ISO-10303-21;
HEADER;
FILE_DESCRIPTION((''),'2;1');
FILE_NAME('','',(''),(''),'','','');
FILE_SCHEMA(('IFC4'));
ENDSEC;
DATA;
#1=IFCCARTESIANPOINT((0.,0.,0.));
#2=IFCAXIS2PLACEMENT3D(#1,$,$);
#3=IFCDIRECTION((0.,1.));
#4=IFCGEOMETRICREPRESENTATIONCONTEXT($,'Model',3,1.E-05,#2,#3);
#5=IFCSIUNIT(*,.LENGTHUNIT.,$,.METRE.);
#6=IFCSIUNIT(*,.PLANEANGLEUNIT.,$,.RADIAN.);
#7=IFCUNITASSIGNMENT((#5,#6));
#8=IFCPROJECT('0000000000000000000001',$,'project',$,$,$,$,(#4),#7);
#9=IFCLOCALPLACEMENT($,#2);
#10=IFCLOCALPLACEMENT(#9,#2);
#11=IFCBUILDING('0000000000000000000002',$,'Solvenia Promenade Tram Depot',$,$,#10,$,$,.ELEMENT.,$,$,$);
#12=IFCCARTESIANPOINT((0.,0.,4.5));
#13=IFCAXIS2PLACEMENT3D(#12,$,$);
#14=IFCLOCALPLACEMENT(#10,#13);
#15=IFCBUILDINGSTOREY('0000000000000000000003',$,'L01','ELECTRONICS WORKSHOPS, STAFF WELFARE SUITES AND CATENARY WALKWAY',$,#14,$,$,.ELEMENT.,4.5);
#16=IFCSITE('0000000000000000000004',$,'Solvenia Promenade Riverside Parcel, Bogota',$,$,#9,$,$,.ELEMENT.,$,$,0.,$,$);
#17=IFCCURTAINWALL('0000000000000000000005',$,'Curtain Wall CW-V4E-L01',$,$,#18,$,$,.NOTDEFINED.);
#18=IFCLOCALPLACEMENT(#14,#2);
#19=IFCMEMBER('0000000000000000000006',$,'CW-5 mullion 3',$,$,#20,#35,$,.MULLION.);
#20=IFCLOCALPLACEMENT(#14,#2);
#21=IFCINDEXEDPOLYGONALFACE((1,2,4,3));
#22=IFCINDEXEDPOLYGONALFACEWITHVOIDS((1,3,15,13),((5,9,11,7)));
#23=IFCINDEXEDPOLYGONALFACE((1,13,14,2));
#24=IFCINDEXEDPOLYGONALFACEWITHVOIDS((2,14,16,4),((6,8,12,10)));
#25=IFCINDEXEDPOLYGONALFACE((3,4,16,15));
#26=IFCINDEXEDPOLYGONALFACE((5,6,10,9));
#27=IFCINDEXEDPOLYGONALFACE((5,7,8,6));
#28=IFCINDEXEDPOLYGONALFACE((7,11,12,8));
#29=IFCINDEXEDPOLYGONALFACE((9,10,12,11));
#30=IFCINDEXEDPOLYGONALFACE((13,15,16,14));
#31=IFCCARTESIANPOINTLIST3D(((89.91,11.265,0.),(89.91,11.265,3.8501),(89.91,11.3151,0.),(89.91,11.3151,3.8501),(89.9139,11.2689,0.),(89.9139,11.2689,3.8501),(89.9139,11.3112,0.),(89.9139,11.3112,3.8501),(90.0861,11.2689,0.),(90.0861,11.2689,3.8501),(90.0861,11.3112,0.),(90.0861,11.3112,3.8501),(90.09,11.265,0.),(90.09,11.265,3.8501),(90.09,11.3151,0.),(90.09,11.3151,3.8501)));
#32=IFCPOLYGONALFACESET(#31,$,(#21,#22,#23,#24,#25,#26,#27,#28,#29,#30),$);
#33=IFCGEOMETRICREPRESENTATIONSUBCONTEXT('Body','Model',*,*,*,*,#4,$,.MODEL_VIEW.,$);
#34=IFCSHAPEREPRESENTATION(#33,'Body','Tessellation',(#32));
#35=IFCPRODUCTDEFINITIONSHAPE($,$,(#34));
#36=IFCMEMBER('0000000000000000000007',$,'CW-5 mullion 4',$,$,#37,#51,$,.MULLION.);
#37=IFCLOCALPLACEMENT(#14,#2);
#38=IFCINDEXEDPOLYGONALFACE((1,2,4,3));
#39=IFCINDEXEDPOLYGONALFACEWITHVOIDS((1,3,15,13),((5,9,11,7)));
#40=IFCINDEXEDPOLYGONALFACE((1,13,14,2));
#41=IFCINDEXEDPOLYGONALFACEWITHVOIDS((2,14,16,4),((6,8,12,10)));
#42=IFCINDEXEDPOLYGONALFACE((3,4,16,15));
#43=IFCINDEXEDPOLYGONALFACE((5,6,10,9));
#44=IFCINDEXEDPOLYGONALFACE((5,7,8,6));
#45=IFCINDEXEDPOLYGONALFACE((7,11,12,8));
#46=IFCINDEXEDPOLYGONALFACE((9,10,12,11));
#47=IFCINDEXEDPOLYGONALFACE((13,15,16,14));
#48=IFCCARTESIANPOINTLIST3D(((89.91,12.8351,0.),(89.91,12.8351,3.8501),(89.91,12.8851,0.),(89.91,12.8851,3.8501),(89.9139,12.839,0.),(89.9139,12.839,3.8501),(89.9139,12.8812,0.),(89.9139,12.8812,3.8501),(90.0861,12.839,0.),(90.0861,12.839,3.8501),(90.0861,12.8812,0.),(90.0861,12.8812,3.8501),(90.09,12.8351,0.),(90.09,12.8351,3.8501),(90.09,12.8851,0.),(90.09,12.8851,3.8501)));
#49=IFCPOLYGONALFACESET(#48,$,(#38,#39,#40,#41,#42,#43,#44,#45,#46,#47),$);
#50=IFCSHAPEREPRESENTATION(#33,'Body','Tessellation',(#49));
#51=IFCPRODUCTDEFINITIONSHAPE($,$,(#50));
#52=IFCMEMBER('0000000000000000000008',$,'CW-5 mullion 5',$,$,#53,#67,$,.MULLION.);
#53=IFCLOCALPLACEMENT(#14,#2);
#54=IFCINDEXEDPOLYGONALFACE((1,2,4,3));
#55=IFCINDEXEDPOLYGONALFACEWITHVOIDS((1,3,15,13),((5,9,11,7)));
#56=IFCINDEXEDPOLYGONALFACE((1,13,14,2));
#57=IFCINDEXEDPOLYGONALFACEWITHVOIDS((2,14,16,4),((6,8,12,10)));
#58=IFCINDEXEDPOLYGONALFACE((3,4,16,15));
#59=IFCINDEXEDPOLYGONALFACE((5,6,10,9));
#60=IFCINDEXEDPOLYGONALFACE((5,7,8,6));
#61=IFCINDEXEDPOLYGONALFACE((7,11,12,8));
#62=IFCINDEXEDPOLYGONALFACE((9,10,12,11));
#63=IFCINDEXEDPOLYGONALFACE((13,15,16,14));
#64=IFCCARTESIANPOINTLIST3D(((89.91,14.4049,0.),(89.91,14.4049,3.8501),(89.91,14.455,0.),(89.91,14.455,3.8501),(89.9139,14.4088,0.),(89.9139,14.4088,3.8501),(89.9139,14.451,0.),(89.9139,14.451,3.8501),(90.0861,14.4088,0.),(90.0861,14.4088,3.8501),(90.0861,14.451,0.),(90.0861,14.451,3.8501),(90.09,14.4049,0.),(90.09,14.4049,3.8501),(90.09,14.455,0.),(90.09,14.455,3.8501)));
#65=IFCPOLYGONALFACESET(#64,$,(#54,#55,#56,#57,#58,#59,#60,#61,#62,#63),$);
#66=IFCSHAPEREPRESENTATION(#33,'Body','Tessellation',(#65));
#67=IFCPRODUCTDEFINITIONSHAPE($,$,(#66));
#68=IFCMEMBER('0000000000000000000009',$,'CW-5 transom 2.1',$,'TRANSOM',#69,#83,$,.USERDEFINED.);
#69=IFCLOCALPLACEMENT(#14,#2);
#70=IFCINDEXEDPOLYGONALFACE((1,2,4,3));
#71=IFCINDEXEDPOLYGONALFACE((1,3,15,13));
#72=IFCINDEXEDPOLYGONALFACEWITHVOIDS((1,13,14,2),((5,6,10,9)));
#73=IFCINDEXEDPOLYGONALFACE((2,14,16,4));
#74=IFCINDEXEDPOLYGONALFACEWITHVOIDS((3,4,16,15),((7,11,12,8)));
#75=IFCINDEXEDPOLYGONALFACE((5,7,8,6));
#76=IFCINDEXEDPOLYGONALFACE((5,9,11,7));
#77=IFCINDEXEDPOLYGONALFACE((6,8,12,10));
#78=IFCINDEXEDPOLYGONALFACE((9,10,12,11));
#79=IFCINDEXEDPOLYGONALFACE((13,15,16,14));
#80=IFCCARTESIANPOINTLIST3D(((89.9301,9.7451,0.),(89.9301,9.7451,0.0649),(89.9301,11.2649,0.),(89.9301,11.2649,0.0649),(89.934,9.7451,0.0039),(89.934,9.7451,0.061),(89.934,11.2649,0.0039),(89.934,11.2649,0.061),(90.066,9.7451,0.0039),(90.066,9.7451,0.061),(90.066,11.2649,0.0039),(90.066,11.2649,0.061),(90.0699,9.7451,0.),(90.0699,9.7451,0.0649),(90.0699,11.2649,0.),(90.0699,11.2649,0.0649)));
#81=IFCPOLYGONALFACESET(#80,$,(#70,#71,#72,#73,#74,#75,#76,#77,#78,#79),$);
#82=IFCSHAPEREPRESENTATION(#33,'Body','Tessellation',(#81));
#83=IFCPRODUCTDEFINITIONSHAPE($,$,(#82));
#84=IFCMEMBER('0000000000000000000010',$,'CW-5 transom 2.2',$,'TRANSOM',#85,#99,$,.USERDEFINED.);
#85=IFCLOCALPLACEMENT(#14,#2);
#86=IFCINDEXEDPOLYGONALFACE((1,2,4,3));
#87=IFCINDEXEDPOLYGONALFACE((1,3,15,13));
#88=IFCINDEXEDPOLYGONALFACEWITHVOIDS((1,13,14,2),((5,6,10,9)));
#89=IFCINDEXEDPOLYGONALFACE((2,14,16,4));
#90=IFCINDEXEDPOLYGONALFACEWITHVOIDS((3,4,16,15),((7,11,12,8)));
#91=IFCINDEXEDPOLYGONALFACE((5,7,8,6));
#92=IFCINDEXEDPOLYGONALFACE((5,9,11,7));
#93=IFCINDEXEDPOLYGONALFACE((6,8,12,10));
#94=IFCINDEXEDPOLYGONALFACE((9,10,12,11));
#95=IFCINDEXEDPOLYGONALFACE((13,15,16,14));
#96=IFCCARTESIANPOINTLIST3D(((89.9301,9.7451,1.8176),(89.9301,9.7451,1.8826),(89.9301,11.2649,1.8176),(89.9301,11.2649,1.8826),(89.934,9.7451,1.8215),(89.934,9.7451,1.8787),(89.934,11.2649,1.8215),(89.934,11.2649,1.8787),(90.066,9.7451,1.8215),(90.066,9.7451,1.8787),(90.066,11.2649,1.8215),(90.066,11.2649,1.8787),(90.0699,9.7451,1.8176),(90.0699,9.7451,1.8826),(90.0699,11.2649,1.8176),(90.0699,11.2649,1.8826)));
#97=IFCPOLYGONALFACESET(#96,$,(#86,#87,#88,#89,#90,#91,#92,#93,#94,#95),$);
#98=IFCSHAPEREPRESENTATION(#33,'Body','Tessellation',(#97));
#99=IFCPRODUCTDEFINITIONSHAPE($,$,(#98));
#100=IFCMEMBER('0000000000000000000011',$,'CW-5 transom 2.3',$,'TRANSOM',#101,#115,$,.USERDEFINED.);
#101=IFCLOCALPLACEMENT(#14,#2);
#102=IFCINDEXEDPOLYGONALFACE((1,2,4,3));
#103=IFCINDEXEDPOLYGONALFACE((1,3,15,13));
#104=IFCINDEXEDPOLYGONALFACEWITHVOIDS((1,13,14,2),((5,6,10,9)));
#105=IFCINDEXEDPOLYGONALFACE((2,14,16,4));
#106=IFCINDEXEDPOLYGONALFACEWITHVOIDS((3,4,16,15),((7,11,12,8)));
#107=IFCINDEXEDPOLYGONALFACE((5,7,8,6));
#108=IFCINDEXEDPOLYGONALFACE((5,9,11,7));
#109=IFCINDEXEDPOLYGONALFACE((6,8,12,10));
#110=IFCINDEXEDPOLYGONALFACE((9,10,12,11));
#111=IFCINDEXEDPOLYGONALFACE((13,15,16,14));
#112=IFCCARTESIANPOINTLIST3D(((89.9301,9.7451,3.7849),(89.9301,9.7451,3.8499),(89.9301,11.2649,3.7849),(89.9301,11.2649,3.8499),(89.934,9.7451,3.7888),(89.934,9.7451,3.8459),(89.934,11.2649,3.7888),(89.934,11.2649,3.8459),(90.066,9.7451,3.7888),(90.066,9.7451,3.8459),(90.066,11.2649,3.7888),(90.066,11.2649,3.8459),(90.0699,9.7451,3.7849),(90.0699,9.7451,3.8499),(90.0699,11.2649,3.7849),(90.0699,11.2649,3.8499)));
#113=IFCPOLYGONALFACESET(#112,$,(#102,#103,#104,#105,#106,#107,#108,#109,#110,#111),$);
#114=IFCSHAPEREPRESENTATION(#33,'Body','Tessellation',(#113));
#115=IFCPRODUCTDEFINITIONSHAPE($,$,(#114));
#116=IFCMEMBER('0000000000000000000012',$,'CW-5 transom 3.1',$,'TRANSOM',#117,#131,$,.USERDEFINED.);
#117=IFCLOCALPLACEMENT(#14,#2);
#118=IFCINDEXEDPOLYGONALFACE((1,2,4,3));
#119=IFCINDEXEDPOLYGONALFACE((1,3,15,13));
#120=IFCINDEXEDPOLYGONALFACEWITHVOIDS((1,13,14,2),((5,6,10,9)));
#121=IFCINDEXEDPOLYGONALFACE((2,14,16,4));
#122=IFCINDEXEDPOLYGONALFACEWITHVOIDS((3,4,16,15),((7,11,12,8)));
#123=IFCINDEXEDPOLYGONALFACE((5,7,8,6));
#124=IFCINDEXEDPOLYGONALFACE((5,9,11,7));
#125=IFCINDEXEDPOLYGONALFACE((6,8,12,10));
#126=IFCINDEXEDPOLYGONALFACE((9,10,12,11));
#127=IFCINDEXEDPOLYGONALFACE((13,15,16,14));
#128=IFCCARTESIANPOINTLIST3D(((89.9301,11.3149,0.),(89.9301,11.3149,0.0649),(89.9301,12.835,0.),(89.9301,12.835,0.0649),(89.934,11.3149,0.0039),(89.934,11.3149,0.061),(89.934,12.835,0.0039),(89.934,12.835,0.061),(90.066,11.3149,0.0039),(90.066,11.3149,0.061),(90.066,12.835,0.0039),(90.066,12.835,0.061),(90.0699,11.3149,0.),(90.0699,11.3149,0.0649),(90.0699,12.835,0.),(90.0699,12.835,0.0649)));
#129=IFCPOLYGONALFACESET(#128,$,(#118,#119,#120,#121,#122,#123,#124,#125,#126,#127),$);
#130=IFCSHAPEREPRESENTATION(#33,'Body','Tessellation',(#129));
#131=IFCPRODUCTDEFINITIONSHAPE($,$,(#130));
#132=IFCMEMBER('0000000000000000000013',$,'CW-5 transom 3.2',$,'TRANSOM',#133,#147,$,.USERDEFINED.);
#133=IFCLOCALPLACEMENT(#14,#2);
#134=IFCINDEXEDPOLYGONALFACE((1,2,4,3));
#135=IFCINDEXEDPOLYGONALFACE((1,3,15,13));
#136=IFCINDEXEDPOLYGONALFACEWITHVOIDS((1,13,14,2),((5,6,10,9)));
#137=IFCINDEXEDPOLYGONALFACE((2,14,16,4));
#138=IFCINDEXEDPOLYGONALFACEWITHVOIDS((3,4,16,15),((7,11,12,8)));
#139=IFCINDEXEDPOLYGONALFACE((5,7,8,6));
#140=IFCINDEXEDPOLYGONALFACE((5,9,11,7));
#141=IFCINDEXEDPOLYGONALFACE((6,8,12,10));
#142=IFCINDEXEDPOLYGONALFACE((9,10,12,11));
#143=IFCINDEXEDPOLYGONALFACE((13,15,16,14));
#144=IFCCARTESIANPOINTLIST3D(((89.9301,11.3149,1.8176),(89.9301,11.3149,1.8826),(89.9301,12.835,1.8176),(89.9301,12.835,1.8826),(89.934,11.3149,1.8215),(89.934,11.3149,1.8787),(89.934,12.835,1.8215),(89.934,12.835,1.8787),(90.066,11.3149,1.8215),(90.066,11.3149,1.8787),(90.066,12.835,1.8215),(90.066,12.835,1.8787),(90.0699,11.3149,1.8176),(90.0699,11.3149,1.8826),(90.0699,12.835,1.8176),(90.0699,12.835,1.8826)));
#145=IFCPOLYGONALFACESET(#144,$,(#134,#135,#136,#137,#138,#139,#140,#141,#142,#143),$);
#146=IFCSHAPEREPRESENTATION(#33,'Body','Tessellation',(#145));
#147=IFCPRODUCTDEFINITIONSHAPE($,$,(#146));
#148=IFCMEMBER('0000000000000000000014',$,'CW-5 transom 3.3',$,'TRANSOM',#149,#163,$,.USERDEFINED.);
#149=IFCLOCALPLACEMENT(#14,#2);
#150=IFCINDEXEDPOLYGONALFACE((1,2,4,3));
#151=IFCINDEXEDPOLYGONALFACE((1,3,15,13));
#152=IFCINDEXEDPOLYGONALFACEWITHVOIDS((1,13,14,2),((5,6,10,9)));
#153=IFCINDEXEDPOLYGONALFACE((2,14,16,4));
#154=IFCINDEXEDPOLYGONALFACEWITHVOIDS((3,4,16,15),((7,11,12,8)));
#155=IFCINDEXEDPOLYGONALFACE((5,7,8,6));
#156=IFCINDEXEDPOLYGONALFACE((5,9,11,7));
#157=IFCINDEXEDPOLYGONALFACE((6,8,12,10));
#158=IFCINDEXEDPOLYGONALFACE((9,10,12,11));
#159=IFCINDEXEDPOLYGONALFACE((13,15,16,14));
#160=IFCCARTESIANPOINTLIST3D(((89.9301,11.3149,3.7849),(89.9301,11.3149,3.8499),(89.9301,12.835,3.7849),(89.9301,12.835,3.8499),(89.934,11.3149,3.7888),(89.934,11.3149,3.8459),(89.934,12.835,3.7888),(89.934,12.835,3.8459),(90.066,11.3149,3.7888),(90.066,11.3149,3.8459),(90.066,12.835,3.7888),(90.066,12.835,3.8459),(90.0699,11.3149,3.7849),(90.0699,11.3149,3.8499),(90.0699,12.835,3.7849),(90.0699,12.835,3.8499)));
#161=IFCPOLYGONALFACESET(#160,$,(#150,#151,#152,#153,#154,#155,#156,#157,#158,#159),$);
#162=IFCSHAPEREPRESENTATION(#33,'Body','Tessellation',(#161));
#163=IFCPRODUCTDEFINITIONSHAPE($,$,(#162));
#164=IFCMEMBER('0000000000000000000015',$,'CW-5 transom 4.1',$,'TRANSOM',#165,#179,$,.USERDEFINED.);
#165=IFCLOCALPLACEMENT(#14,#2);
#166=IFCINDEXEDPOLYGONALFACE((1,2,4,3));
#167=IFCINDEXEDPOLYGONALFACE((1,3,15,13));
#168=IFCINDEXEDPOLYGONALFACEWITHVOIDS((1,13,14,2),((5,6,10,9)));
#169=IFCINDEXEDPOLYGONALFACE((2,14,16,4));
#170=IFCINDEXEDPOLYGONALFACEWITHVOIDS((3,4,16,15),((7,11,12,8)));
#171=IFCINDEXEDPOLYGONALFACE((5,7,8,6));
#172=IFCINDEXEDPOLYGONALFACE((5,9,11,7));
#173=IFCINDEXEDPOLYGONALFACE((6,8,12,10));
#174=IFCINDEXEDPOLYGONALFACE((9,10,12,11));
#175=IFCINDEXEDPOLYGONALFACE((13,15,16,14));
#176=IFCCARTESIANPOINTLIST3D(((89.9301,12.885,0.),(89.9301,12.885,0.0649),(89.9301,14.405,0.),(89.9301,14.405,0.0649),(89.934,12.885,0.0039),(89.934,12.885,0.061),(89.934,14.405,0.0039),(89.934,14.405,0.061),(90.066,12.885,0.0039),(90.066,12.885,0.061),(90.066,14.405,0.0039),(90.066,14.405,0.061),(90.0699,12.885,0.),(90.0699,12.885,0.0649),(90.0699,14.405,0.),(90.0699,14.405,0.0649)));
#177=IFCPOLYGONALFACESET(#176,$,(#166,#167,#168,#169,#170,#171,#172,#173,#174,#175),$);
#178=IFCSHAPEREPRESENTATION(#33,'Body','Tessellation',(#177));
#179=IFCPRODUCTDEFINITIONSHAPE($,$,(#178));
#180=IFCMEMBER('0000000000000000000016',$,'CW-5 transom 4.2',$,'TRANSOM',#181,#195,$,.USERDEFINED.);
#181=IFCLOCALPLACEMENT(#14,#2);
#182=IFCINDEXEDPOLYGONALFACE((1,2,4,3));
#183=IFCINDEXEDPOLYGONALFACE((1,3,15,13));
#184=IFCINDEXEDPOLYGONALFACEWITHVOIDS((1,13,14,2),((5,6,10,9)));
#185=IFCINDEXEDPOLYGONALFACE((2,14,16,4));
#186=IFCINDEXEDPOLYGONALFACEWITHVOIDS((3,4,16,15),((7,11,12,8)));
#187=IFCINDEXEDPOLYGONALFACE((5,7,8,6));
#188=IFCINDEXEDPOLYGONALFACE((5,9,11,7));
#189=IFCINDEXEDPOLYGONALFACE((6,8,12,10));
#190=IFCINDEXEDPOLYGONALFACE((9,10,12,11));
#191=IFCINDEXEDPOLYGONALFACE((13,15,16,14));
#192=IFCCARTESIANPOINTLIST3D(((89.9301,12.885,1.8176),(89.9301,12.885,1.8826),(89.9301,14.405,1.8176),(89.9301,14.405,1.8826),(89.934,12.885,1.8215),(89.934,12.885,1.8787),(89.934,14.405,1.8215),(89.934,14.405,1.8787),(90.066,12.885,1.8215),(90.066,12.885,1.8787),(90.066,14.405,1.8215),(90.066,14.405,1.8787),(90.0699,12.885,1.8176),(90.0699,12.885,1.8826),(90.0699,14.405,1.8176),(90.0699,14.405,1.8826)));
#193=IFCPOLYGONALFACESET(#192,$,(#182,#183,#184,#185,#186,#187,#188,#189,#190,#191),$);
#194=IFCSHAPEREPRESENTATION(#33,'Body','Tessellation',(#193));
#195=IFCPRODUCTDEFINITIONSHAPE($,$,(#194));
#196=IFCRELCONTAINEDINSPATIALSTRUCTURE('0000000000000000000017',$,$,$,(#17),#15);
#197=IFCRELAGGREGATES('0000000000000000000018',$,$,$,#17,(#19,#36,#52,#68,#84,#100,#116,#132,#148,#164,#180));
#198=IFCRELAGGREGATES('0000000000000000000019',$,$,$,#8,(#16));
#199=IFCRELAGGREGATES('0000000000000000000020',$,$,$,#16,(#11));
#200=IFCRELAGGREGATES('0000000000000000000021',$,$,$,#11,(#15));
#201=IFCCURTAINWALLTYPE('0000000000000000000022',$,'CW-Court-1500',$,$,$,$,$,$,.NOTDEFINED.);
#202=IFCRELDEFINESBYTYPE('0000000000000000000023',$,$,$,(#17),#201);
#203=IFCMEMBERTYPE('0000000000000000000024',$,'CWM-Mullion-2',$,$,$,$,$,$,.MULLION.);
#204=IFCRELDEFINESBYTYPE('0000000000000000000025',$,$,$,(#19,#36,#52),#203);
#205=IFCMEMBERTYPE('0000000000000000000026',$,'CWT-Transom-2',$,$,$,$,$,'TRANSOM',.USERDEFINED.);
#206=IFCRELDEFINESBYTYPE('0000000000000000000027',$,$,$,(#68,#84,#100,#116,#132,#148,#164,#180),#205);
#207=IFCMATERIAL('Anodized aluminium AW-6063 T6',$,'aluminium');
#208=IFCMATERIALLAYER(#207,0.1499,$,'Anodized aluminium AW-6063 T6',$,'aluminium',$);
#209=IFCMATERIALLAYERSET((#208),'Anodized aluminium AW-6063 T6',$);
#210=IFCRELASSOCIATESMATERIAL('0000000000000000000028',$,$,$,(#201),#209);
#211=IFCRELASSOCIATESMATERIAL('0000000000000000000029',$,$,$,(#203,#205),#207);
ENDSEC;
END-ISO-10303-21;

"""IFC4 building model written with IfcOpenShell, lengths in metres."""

from ifc_helpers import new_model, si_unit, direction, frame, origin, origin_2d, place, context, subcontext, project, spatial, hollow_rectangle, extrude, material, layer, layer_set, material_profile, profile_set, type_object, element, aggregate, save


model = new_model("IFC4")

# Units and contexts
model_context = context("Model", 3, precision=1e-05, world=origin(), true_north=direction((0.0, 1.0)))
body_context = subcontext(model_context, "Body", "Model", "MODEL_VIEW")
ifc_project = project(units=[si_unit("LENGTHUNIT", "METRE"), si_unit("PLANEANGLEUNIT", "RADIAN")], contexts=[model_context])

# Site, building, storey
site_placement = place(None, origin())
site = spatial("IfcSite", under=ifc_project, at=site_placement, Name="Solvenia Promenade Riverside Parcel, Bogota", CompositionType="ELEMENT", RefElevation=0.0)
building_placement = place(site_placement, origin())
building = spatial("IfcBuilding", under=site, at=building_placement, Name="Solvenia Promenade Tram Depot", CompositionType="ELEMENT")
storey_placement = place(building_placement, frame((0.0, 0.0, 4.5)))
storey = spatial("IfcBuildingStorey", under=building, at=storey_placement, Name="L01", Description="ELECTRONICS WORKSHOPS, STAFF WELFARE SUITES AND CATENARY WALKWAY", CompositionType="ELEMENT", Elevation=4.5)

# Curtain wall, members
ifc_material_1 = material(Name="Anodized aluminium AW-6063 T6", Category="aluminium")
ifc_layer_1 = layer(ifc_material_1, 0.1499, Name="Anodized aluminium AW-6063 T6", Category="aluminium")
ifc_layer_set_1 = layer_set([ifc_layer_1], Name="Anodized aluminium AW-6063 T6")
curtain_wall_type = type_object("IfcCurtainWallType", Name="CW-Court-1500", PredefinedType="NOTDEFINED", material=ifc_layer_set_1)
curtain_wall_placement = place(storey_placement, origin())
curtain_wall = element("IfcCurtainWall", 1, at=curtain_wall_placement, inside=storey, type_object=curtain_wall_type, Name="Curtain Wall CW-V4E-L01", PredefinedType="NOTDEFINED")
ifc_material_profile_1 = material_profile(ifc_material_1, hollow_rectangle(XDim=0.1799, YDim=0.05, WallThickness=0.0039, at=origin_2d()), Name="ALU-M2", Category="aluminium")
ifc_profile_set_1 = profile_set([ifc_material_profile_1], Name="Anodized aluminium AW-6063 T6")
member_type_1 = type_object("IfcMemberType", Name="CWM-Mullion-2", PredefinedType="MULLION", material=ifc_profile_set_1)
member_1_placement = place(storey_placement, frame((90.0, 11.29, 0.0), z_axis=(0.0, 0.0, 1.0), x_axis=(-1.0, 0.0, 0.0)))
member_1 = element("IfcMember", 2, at=member_1_placement, type_object=member_type_1, Name="CW-5 mullion 3", PredefinedType="MULLION", context=body_context, shape_type="SweptSolid", body=[
    extrude(hollow_rectangle(XDim=0.1799, YDim=0.05, WallThickness=0.0039, at=origin_2d()), origin(), (0.0, 0.0, 1.0), 3.8501),
])
member_2_placement = place(storey_placement, frame((90.0, 12.8601, 0.0), z_axis=(0.0, 0.0, 1.0), x_axis=(-1.0, 0.0, 0.0)))
member_2 = element("IfcMember", 3, at=member_2_placement, type_object=member_type_1, Name="CW-5 mullion 4", PredefinedType="MULLION", context=body_context, shape_type="SweptSolid", body=[
    extrude(hollow_rectangle(XDim=0.1799, YDim=0.05, WallThickness=0.0039, at=origin_2d()), origin(), (0.0, 0.0, 1.0), 3.8501),
])
member_3_placement = place(storey_placement, frame((90.0, 14.4299, 0.0), z_axis=(0.0, 0.0, 1.0), x_axis=(-1.0, 0.0, 0.0)))
member_3 = element("IfcMember", 4, at=member_3_placement, type_object=member_type_1, Name="CW-5 mullion 5", PredefinedType="MULLION", context=body_context, shape_type="SweptSolid", body=[
    extrude(hollow_rectangle(XDim=0.1799, YDim=0.05, WallThickness=0.0039, at=origin_2d()), origin(), (0.0, 0.0, 1.0), 3.8501),
])
ifc_material_profile_2 = material_profile(ifc_material_1, hollow_rectangle(XDim=0.1399, YDim=0.0649, WallThickness=0.0039, at=origin_2d()), Name="ALU-T2", Category="aluminium")
ifc_profile_set_2 = profile_set([ifc_material_profile_2], Name="Anodized aluminium AW-6063 T6")
member_type_2 = type_object("IfcMemberType", Name="CWT-Transom-2", ElementType="TRANSOM", PredefinedType="USERDEFINED", material=ifc_profile_set_2)
member_4_placement = place(storey_placement, frame((90.0, 9.7451, 0.0325), z_axis=(0.0, 1.0, 0.0), x_axis=(-1.0, 0.0, 0.0)))
member_4 = element("IfcMember", 5, at=member_4_placement, type_object=member_type_2, Name="CW-5 transom 2.1", ObjectType="TRANSOM", PredefinedType="USERDEFINED", context=body_context, shape_type="SweptSolid", body=[
    extrude(hollow_rectangle(XDim=0.1399, YDim=0.0649, WallThickness=0.0039, at=origin_2d()), origin(), (0.0, 0.0, 1.0), 1.5198),
])
member_5_placement = place(storey_placement, frame((90.0, 9.7451, 1.8501), z_axis=(0.0, 1.0, 0.0), x_axis=(-1.0, 0.0, 0.0)))
member_5 = element("IfcMember", 6, at=member_5_placement, type_object=member_type_2, Name="CW-5 transom 2.2", ObjectType="TRANSOM", PredefinedType="USERDEFINED", context=body_context, shape_type="SweptSolid", body=[
    extrude(hollow_rectangle(XDim=0.1399, YDim=0.0649, WallThickness=0.0039, at=origin_2d()), origin(), (0.0, 0.0, 1.0), 1.5198),
])
member_6_placement = place(storey_placement, frame((90.0, 9.7451, 3.8174), z_axis=(0.0, 1.0, 0.0), x_axis=(-1.0, 0.0, 0.0)))
member_6 = element("IfcMember", 7, at=member_6_placement, type_object=member_type_2, Name="CW-5 transom 2.3", ObjectType="TRANSOM", PredefinedType="USERDEFINED", context=body_context, shape_type="SweptSolid", body=[
    extrude(hollow_rectangle(XDim=0.1399, YDim=0.0649, WallThickness=0.0039, at=origin_2d()), origin(), (0.0, 0.0, 1.0), 1.5198),
])
member_7_placement = place(storey_placement, frame((90.0, 11.3149, 0.0325), z_axis=(0.0, 1.0, 0.0), x_axis=(-1.0, 0.0, 0.0)))
member_7 = element("IfcMember", 8, at=member_7_placement, type_object=member_type_2, Name="CW-5 transom 3.1", ObjectType="TRANSOM", PredefinedType="USERDEFINED", context=body_context, shape_type="SweptSolid", body=[
    extrude(hollow_rectangle(XDim=0.1399, YDim=0.0649, WallThickness=0.0039, at=origin_2d()), origin(), (0.0, 0.0, 1.0), 1.52),
])
member_8_placement = place(storey_placement, frame((90.0, 11.3149, 1.8501), z_axis=(0.0, 1.0, 0.0), x_axis=(-1.0, 0.0, 0.0)))
member_8 = element("IfcMember", 9, at=member_8_placement, type_object=member_type_2, Name="CW-5 transom 3.2", ObjectType="TRANSOM", PredefinedType="USERDEFINED", context=body_context, shape_type="SweptSolid", body=[
    extrude(hollow_rectangle(XDim=0.1399, YDim=0.0649, WallThickness=0.0039, at=origin_2d()), origin(), (0.0, 0.0, 1.0), 1.52),
])
member_9_placement = place(storey_placement, frame((90.0, 11.3149, 3.8174), z_axis=(0.0, 1.0, 0.0), x_axis=(-1.0, 0.0, 0.0)))
member_9 = element("IfcMember", 10, at=member_9_placement, type_object=member_type_2, Name="CW-5 transom 3.3", ObjectType="TRANSOM", PredefinedType="USERDEFINED", context=body_context, shape_type="SweptSolid", body=[
    extrude(hollow_rectangle(XDim=0.1399, YDim=0.0649, WallThickness=0.0039, at=origin_2d()), origin(), (0.0, 0.0, 1.0), 1.52),
])
member_10_placement = place(storey_placement, frame((90.0, 12.885, 0.0325), z_axis=(0.0, 1.0, 0.0), x_axis=(-1.0, 0.0, 0.0)))
member_10 = element("IfcMember", 11, at=member_10_placement, type_object=member_type_2, Name="CW-5 transom 4.1", ObjectType="TRANSOM", PredefinedType="USERDEFINED", context=body_context, shape_type="SweptSolid", body=[
    extrude(hollow_rectangle(XDim=0.1399, YDim=0.0649, WallThickness=0.0039, at=origin_2d()), origin(), (0.0, 0.0, 1.0), 1.52),
])
member_11_placement = place(storey_placement, frame((90.0, 12.885, 1.8501), z_axis=(0.0, 1.0, 0.0), x_axis=(-1.0, 0.0, 0.0)))
member_11 = element("IfcMember", 12, at=member_11_placement, type_object=member_type_2, Name="CW-5 transom 4.2", ObjectType="TRANSOM", PredefinedType="USERDEFINED", context=body_context, shape_type="SweptSolid", body=[
    extrude(hollow_rectangle(XDim=0.1399, YDim=0.0649, WallThickness=0.0039, at=origin_2d()), origin(), (0.0, 0.0, 1.0), 1.52),
])

aggregate(curtain_wall, [member_1, member_2, member_3, member_4, member_5, member_6, member_7, member_8, member_9, member_10, member_11])

save(model, "model.ifc")
